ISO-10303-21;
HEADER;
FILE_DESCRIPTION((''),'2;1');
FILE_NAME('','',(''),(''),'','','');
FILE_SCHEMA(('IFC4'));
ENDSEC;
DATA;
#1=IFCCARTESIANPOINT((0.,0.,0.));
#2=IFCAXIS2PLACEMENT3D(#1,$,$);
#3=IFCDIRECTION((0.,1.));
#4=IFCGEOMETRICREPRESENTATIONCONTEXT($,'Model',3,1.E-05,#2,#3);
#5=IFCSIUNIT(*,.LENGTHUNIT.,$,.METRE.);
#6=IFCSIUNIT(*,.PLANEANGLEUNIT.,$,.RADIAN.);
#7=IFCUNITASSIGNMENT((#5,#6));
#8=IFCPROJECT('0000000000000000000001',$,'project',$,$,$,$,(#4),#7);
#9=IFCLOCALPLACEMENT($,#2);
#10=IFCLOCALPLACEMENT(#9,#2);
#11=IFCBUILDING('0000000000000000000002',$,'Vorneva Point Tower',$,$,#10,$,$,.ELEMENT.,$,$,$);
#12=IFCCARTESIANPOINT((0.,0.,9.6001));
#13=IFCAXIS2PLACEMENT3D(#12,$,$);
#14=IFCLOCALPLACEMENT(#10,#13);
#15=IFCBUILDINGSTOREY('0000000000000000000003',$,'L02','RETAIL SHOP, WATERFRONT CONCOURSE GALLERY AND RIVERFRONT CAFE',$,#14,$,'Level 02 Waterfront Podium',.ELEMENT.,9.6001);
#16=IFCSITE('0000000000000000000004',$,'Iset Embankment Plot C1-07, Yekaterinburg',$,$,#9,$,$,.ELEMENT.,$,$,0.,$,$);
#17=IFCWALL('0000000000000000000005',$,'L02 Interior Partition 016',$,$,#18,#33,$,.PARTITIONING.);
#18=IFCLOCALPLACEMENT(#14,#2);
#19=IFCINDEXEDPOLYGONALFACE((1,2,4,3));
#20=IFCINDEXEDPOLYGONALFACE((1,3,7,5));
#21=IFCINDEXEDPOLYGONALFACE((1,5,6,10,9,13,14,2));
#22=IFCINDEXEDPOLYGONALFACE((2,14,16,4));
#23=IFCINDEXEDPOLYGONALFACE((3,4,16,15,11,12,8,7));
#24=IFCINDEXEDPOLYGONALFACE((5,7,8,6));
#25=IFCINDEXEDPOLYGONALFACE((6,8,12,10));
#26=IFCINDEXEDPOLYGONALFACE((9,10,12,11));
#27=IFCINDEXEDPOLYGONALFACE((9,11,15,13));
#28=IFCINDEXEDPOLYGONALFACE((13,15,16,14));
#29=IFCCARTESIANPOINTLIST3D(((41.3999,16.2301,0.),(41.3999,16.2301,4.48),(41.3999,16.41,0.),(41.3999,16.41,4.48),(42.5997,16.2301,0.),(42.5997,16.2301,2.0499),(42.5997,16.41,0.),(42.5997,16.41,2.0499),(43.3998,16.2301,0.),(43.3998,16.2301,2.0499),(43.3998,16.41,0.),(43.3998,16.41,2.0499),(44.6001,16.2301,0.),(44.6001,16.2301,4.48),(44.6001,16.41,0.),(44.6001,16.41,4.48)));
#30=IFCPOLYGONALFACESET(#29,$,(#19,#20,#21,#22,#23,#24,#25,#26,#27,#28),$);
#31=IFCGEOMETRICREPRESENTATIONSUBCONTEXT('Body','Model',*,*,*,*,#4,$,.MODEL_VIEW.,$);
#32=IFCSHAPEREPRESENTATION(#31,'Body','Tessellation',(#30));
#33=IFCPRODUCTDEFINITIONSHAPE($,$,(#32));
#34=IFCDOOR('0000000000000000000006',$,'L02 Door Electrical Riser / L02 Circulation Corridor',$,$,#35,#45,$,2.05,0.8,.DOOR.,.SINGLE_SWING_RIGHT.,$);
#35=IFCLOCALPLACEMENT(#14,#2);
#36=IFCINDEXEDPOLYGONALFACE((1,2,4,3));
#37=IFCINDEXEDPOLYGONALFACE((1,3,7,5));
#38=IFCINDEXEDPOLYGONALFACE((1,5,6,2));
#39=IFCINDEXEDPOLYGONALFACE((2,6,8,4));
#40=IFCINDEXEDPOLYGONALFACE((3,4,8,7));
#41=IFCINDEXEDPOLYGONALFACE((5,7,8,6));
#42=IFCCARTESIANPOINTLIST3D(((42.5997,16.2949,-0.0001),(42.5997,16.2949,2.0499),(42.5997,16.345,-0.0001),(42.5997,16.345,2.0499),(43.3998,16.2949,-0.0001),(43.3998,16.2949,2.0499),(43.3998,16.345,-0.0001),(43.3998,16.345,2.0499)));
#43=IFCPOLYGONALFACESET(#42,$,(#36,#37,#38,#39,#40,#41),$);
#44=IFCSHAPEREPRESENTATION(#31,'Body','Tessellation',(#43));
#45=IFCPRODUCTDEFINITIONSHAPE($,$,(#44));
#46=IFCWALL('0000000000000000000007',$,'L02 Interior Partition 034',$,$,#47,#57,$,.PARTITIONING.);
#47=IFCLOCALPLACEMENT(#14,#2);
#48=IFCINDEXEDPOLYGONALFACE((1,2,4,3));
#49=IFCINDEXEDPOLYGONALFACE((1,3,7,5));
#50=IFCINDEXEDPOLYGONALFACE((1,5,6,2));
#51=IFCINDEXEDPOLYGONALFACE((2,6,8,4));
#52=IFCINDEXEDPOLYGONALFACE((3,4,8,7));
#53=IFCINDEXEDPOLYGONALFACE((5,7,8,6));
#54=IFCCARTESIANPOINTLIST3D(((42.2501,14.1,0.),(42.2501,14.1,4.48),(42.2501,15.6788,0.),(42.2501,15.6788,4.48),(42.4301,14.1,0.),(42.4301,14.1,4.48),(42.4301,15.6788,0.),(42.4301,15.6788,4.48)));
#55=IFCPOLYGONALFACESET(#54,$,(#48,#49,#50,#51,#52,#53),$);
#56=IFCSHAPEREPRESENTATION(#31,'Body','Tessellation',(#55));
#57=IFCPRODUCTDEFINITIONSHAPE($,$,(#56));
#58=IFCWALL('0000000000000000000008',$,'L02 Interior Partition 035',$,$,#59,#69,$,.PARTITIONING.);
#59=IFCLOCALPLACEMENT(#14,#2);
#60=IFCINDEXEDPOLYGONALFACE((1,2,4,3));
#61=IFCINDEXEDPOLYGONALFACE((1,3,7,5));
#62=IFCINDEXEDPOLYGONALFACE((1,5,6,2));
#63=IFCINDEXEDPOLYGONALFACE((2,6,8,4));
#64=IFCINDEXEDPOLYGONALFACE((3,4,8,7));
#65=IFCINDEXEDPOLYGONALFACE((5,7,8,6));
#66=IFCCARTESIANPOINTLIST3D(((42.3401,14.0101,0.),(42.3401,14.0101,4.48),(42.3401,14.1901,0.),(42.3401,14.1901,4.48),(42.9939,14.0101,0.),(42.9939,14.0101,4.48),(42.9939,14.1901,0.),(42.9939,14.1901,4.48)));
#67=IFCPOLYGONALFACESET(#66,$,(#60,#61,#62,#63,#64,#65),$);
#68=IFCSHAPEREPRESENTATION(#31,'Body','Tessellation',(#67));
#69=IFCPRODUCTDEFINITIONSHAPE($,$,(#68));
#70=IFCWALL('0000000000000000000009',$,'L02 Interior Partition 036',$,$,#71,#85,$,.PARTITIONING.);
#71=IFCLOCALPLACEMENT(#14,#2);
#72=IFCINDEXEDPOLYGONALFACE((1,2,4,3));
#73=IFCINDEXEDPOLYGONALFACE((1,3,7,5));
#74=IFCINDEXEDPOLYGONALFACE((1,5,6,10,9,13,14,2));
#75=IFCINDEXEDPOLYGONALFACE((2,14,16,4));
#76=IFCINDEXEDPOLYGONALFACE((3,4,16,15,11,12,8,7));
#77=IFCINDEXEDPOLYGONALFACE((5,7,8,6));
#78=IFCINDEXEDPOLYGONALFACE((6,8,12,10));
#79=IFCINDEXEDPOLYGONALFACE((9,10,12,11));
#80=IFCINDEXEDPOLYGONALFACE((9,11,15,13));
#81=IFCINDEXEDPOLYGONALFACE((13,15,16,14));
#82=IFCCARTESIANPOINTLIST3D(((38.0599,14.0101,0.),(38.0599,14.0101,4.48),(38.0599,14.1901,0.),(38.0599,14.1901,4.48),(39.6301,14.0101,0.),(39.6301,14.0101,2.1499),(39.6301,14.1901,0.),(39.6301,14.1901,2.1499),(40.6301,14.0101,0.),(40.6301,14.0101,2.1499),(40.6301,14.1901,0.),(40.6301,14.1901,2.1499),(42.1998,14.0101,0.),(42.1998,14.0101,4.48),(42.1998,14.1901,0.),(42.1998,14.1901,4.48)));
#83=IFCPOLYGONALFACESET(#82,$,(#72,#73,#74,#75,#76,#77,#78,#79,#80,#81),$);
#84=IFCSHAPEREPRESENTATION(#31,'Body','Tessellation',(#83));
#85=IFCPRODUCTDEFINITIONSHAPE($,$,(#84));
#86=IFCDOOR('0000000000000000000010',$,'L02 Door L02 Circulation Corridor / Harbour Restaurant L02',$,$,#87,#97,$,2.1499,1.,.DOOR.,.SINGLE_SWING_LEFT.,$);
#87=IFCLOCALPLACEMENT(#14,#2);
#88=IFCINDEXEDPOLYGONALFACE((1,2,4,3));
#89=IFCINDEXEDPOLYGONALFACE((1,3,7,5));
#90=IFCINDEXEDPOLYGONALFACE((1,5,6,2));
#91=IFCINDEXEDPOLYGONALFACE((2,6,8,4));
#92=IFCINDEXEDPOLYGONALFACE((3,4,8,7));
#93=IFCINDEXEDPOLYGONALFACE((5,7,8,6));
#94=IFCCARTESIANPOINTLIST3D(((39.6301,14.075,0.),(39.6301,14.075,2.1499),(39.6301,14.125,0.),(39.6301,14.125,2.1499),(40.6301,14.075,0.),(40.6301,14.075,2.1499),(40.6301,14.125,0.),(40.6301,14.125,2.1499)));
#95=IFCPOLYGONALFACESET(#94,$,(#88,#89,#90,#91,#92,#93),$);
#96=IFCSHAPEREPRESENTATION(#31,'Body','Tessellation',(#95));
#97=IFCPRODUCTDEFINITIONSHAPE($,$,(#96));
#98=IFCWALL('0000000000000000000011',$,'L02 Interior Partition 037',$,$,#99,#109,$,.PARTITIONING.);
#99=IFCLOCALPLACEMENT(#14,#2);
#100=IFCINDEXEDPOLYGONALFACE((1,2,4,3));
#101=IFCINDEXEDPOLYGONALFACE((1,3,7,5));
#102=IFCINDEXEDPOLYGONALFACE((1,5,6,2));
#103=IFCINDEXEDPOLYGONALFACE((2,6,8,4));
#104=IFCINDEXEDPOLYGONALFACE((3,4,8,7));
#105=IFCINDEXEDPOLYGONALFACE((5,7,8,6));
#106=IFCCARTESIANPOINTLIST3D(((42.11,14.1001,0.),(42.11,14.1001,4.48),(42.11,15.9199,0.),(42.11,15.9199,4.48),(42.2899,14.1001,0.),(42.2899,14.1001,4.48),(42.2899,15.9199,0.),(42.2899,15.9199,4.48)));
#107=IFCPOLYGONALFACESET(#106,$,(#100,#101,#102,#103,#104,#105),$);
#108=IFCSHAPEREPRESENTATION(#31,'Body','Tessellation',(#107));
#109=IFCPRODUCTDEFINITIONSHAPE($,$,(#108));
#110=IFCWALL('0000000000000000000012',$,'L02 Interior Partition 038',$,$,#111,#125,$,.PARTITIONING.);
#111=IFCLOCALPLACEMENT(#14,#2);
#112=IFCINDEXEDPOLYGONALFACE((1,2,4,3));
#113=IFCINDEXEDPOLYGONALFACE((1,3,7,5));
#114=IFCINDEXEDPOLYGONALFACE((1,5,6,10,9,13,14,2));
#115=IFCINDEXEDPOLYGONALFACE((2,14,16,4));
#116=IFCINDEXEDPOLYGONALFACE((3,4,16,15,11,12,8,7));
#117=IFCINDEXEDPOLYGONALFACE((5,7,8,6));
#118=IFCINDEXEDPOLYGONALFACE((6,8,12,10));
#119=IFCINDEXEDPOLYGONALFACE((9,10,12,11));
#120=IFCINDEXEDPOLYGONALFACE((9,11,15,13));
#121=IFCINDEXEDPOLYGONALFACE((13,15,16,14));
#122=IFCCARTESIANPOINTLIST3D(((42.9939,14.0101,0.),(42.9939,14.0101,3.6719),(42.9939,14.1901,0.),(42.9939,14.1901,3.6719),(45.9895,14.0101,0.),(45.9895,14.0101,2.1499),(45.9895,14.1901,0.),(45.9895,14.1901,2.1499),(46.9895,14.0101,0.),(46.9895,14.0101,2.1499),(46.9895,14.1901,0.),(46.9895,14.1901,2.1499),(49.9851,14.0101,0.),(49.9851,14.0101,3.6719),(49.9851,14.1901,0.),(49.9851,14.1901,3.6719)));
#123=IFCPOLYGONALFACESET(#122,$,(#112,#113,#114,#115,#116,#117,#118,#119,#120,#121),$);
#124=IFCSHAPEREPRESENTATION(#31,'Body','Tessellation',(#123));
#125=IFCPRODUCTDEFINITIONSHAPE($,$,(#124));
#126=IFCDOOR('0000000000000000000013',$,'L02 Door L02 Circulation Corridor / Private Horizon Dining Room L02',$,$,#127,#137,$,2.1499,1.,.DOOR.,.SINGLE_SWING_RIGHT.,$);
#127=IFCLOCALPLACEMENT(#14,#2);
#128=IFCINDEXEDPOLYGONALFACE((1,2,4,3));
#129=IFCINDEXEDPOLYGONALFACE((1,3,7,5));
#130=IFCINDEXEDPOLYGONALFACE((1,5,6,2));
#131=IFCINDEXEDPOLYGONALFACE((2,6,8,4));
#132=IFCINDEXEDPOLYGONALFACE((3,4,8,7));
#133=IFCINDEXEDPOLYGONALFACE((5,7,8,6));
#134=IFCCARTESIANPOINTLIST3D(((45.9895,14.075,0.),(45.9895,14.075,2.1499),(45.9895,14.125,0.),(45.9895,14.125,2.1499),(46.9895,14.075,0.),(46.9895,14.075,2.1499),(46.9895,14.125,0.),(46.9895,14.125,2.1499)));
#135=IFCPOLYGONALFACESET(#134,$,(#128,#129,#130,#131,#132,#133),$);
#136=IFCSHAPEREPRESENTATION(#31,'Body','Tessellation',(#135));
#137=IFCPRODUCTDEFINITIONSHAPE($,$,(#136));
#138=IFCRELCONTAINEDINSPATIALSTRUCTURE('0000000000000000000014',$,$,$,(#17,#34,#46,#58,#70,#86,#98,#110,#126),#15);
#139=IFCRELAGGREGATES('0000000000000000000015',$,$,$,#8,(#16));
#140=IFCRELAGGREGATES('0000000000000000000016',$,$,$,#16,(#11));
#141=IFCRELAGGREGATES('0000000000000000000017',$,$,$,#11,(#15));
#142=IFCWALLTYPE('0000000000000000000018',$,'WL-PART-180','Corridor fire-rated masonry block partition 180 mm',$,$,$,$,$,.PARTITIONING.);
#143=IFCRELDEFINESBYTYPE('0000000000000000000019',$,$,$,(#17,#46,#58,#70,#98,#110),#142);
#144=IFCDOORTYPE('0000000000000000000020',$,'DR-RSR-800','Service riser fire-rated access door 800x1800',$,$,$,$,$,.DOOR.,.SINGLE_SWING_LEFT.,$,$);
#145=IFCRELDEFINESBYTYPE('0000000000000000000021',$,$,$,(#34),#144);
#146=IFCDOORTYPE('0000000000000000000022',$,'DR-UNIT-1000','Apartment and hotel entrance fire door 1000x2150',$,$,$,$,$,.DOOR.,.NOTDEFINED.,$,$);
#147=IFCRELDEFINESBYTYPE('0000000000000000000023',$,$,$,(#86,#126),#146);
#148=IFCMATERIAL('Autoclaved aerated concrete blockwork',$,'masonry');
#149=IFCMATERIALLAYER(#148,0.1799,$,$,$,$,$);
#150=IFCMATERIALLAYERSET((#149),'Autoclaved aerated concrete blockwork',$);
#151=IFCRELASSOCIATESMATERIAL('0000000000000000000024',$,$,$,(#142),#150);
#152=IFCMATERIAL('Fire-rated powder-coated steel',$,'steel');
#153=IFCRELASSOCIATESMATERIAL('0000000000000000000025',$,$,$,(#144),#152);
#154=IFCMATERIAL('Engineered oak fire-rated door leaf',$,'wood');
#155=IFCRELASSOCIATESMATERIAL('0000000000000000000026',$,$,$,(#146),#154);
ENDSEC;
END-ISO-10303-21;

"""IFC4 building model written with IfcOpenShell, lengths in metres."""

from ifc_helpers import new_model, si_unit, direction, frame, frame_2d, origin, place, context, subcontext, project, spatial, rectangle, extrude, material, layer, layer_set, type_object, element, fill, save


model = new_model("IFC4")

# Units and contexts
model_context = context("Model", 3, precision=1e-05, world=origin(), true_north=direction((0.0, 1.0)))
body_context = subcontext(model_context, "Body", "Model", "MODEL_VIEW")
ifc_project = project(units=[si_unit("LENGTHUNIT", "METRE"), si_unit("PLANEANGLEUNIT", "RADIAN")], contexts=[model_context])

# Site, building, storey
site_placement = place(None, origin())
site = spatial("IfcSite", under=ifc_project, at=site_placement, Name="Iset Embankment Plot C1-07, Yekaterinburg", CompositionType="ELEMENT", RefElevation=0.0)
building_placement = place(site_placement, origin())
building = spatial("IfcBuilding", under=site, at=building_placement, Name="Vorneva Point Tower", CompositionType="ELEMENT")
storey_placement = place(building_placement, frame((0.0, 0.0, 9.6001)))
storey = spatial("IfcBuildingStorey", under=building, at=storey_placement, Name="L02", Description="RETAIL SHOP, WATERFRONT CONCOURSE GALLERY AND RIVERFRONT CAFE", LongName="Level 02 Waterfront Podium", CompositionType="ELEMENT", Elevation=9.6001)

# Wall, opening, door
ifc_material_1 = material(Name="Autoclaved aerated concrete blockwork", Category="masonry")
ifc_layer_1 = layer(ifc_material_1, 0.1799)
ifc_layer_set_1 = layer_set([ifc_layer_1], Name="Autoclaved aerated concrete blockwork")
wall_type_1 = type_object("IfcWallType", Name="WL-PART-180", Description="Corridor fire-rated masonry block partition 180 mm", PredefinedType="PARTITIONING", material=ifc_layer_set_1)
ifc_material_2 = material(Name="Fire-rated powder-coated steel", Category="steel")
door_type_1 = type_object("IfcDoorType", Name="DR-RSR-800", Description="Service riser fire-rated access door 800x1800", OperationType="SINGLE_SWING_LEFT", PredefinedType="DOOR", material=ifc_material_2)
wall_1_placement = place(storey_placement, frame((41.3999, 16.3201, 0.0), z_axis=(0.0, 0.0, 1.0), x_axis=(1.0, 0.0, 0.0)))
wall_1 = element("IfcWall", 1, at=wall_1_placement, inside=storey, type_object=wall_type_1, Name="L02 Interior Partition 016", PredefinedType="PARTITIONING", context=body_context, shape_type="SweptSolid", body=[
    extrude(rectangle(XDim=3.2002, YDim=0.1799, at=frame_2d((1.6001, 0.0))), origin(), (0.0, 0.0, 1.0), 4.48),
])
opening_1_placement = place(wall_1_placement, frame((1.2, 0.0, 0.0)))
opening_1 = element("IfcOpeningElement", 2, at=opening_1_placement, cuts=wall_1, PredefinedType="OPENING", context=body_context, shape_type="SweptSolid", body=[
    extrude(rectangle(XDim=0.8, YDim=2.05, at=frame_2d((0.3999, 1.0249))), frame((0.0, 0.105, 0.0), z_axis=(0.0, -1.0, 0.0), x_axis=(1.0, 0.0, 0.0)), (0.0, 0.0, 1.0), 0.2097),
])
door_1_placement = place(opening_1_placement, origin())
door_1 = element("IfcDoor", 3, at=door_1_placement, inside=storey, type_object=door_type_1, Name="L02 Door Electrical Riser / L02 Circulation Corridor", OperationType="SINGLE_SWING_RIGHT", OverallHeight=2.05, OverallWidth=0.8, PredefinedType="DOOR", context=body_context, shape_type="SweptSolid", body=[
    extrude(rectangle(XDim=0.8, YDim=2.05, at=frame_2d((0.3999, 1.0249))), frame((0.0, 0.0249, 0.0), z_axis=(0.0, -1.0, 0.0), x_axis=(1.0, 0.0, 0.0)), (0.0, 0.0, 1.0), 0.05),
])
fill(opening_1, door_1)

# Walls
wall_2_placement = place(storey_placement, frame((42.3401, 15.679, 0.0), z_axis=(0.0, 0.0, 1.0), x_axis=(0.0, -1.0, 0.0)))
element("IfcWall", 4, at=wall_2_placement, inside=storey, type_object=wall_type_1, Name="L02 Interior Partition 034", PredefinedType="PARTITIONING", context=body_context, shape_type="SweptSolid", body=[
    extrude(rectangle(XDim=1.5789, YDim=0.1799, at=frame_2d((0.7896, 0.0))), origin(), (0.0, 0.0, 1.0), 4.48),
])
wall_3_placement = place(storey_placement, frame((42.3401, 14.1001, 0.0), z_axis=(0.0, 0.0, 1.0), x_axis=(1.0, 0.0, 0.0)))
element("IfcWall", 5, at=wall_3_placement, inside=storey, type_object=wall_type_1, Name="L02 Interior Partition 035", PredefinedType="PARTITIONING", context=body_context, shape_type="SweptSolid", body=[
    extrude(rectangle(XDim=0.6538, YDim=0.1799, at=frame_2d((0.3269, 0.0))), origin(), (0.0, 0.0, 1.0), 4.48),
])

# Wall, opening, door
wall_4_placement = place(storey_placement, frame((38.0601, 14.1001, 0.0), z_axis=(0.0, 0.0, 1.0), x_axis=(1.0, 0.0, 0.0)))
wall_4 = element("IfcWall", 6, at=wall_4_placement, inside=storey, type_object=wall_type_1, Name="L02 Interior Partition 036", PredefinedType="PARTITIONING", context=body_context, shape_type="SweptSolid", body=[
    extrude(rectangle(XDim=4.1399, YDim=0.1799, at=frame_2d((2.0698, 0.0))), origin(), (0.0, 0.0, 1.0), 4.48),
])
opening_2_placement = place(wall_4_placement, frame((1.5701, 0.0, 0.0)))
opening_2 = element("IfcOpeningElement", 7, at=opening_2_placement, cuts=wall_4, PredefinedType="OPENING", context=body_context, shape_type="SweptSolid", body=[
    extrude(rectangle(XDim=1.0, YDim=2.1499, at=frame_2d((0.5, 1.075))), frame((0.0, 0.105, 0.0), z_axis=(0.0, -1.0, 0.0), x_axis=(1.0, 0.0, 0.0)), (0.0, 0.0, 1.0), 0.2097),
])
ifc_material_3 = material(Name="Engineered oak fire-rated door leaf", Category="wood")
door_type_2 = type_object("IfcDoorType", Name="DR-UNIT-1000", Description="Apartment and hotel entrance fire door 1000x2150", OperationType="NOTDEFINED", PredefinedType="DOOR", material=ifc_material_3)
door_2_placement = place(opening_2_placement, origin())
door_2 = element("IfcDoor", 8, at=door_2_placement, inside=storey, type_object=door_type_2, Name="L02 Door L02 Circulation Corridor / Harbour Restaurant L02", OperationType="SINGLE_SWING_LEFT", OverallHeight=2.1499, OverallWidth=1.0, PredefinedType="DOOR", context=body_context, shape_type="SweptSolid", body=[
    extrude(rectangle(XDim=1.0, YDim=2.1499, at=frame_2d((0.5, 1.075))), frame((0.0, 0.0249, 0.0), z_axis=(0.0, -1.0, 0.0), x_axis=(1.0, 0.0, 0.0)), (0.0, 0.0, 1.0), 0.05),
])
fill(opening_2, door_2)

# Wall
wall_5_placement = place(storey_placement, frame((42.2, 14.1001, 0.0), z_axis=(0.0, 0.0, 1.0), x_axis=(0.0, 1.0, 0.0)))
element("IfcWall", 9, at=wall_5_placement, inside=storey, type_object=wall_type_1, Name="L02 Interior Partition 037", PredefinedType="PARTITIONING", context=body_context, shape_type="SweptSolid", body=[
    extrude(rectangle(XDim=1.8198, YDim=0.1799, at=frame_2d((0.9099, 0.0))), origin(), (0.0, 0.0, 1.0), 4.48),
])

# Wall, opening, door
wall_6_placement = place(storey_placement, frame((42.9939, 14.1001, 0.0), z_axis=(0.0, 0.0, 1.0), x_axis=(1.0, 0.0, 0.0)))
wall_6 = element("IfcWall", 10, at=wall_6_placement, inside=storey, type_object=wall_type_1, Name="L02 Interior Partition 038", PredefinedType="PARTITIONING", context=body_context, shape_type="SweptSolid", body=[
    extrude(rectangle(XDim=6.9912, YDim=0.1799, at=frame_2d((3.4956, 0.0))), origin(), (0.0, 0.0, 1.0), 3.6719),
])
opening_3_placement = place(wall_6_placement, frame((2.9956, 0.0, 0.0)))
opening_3 = element("IfcOpeningElement", 11, at=opening_3_placement, cuts=wall_6, PredefinedType="OPENING", context=body_context, shape_type="SweptSolid", body=[
    extrude(rectangle(XDim=1.0, YDim=2.1499, at=frame_2d((0.5, 1.075))), frame((0.0, 0.105, 0.0), z_axis=(0.0, -1.0, 0.0), x_axis=(1.0, 0.0, 0.0)), (0.0, 0.0, 1.0), 0.2097),
])
door_3_placement = place(opening_3_placement, origin())
door_3 = element("IfcDoor", 12, at=door_3_placement, inside=storey, type_object=door_type_2, Name="L02 Door L02 Circulation Corridor / Private Horizon Dining Room L02", OperationType="SINGLE_SWING_RIGHT", OverallHeight=2.1499, OverallWidth=1.0, PredefinedType="DOOR", context=body_context, shape_type="SweptSolid", body=[
    extrude(rectangle(XDim=1.0, YDim=2.1499, at=frame_2d((0.5, 1.075))), frame((0.0, 0.0249, 0.0), z_axis=(0.0, -1.0, 0.0), x_axis=(1.0, 0.0, 0.0)), (0.0, 0.0, 1.0), 0.05),
])
fill(opening_3, door_3)

save(model, "model.ifc")
